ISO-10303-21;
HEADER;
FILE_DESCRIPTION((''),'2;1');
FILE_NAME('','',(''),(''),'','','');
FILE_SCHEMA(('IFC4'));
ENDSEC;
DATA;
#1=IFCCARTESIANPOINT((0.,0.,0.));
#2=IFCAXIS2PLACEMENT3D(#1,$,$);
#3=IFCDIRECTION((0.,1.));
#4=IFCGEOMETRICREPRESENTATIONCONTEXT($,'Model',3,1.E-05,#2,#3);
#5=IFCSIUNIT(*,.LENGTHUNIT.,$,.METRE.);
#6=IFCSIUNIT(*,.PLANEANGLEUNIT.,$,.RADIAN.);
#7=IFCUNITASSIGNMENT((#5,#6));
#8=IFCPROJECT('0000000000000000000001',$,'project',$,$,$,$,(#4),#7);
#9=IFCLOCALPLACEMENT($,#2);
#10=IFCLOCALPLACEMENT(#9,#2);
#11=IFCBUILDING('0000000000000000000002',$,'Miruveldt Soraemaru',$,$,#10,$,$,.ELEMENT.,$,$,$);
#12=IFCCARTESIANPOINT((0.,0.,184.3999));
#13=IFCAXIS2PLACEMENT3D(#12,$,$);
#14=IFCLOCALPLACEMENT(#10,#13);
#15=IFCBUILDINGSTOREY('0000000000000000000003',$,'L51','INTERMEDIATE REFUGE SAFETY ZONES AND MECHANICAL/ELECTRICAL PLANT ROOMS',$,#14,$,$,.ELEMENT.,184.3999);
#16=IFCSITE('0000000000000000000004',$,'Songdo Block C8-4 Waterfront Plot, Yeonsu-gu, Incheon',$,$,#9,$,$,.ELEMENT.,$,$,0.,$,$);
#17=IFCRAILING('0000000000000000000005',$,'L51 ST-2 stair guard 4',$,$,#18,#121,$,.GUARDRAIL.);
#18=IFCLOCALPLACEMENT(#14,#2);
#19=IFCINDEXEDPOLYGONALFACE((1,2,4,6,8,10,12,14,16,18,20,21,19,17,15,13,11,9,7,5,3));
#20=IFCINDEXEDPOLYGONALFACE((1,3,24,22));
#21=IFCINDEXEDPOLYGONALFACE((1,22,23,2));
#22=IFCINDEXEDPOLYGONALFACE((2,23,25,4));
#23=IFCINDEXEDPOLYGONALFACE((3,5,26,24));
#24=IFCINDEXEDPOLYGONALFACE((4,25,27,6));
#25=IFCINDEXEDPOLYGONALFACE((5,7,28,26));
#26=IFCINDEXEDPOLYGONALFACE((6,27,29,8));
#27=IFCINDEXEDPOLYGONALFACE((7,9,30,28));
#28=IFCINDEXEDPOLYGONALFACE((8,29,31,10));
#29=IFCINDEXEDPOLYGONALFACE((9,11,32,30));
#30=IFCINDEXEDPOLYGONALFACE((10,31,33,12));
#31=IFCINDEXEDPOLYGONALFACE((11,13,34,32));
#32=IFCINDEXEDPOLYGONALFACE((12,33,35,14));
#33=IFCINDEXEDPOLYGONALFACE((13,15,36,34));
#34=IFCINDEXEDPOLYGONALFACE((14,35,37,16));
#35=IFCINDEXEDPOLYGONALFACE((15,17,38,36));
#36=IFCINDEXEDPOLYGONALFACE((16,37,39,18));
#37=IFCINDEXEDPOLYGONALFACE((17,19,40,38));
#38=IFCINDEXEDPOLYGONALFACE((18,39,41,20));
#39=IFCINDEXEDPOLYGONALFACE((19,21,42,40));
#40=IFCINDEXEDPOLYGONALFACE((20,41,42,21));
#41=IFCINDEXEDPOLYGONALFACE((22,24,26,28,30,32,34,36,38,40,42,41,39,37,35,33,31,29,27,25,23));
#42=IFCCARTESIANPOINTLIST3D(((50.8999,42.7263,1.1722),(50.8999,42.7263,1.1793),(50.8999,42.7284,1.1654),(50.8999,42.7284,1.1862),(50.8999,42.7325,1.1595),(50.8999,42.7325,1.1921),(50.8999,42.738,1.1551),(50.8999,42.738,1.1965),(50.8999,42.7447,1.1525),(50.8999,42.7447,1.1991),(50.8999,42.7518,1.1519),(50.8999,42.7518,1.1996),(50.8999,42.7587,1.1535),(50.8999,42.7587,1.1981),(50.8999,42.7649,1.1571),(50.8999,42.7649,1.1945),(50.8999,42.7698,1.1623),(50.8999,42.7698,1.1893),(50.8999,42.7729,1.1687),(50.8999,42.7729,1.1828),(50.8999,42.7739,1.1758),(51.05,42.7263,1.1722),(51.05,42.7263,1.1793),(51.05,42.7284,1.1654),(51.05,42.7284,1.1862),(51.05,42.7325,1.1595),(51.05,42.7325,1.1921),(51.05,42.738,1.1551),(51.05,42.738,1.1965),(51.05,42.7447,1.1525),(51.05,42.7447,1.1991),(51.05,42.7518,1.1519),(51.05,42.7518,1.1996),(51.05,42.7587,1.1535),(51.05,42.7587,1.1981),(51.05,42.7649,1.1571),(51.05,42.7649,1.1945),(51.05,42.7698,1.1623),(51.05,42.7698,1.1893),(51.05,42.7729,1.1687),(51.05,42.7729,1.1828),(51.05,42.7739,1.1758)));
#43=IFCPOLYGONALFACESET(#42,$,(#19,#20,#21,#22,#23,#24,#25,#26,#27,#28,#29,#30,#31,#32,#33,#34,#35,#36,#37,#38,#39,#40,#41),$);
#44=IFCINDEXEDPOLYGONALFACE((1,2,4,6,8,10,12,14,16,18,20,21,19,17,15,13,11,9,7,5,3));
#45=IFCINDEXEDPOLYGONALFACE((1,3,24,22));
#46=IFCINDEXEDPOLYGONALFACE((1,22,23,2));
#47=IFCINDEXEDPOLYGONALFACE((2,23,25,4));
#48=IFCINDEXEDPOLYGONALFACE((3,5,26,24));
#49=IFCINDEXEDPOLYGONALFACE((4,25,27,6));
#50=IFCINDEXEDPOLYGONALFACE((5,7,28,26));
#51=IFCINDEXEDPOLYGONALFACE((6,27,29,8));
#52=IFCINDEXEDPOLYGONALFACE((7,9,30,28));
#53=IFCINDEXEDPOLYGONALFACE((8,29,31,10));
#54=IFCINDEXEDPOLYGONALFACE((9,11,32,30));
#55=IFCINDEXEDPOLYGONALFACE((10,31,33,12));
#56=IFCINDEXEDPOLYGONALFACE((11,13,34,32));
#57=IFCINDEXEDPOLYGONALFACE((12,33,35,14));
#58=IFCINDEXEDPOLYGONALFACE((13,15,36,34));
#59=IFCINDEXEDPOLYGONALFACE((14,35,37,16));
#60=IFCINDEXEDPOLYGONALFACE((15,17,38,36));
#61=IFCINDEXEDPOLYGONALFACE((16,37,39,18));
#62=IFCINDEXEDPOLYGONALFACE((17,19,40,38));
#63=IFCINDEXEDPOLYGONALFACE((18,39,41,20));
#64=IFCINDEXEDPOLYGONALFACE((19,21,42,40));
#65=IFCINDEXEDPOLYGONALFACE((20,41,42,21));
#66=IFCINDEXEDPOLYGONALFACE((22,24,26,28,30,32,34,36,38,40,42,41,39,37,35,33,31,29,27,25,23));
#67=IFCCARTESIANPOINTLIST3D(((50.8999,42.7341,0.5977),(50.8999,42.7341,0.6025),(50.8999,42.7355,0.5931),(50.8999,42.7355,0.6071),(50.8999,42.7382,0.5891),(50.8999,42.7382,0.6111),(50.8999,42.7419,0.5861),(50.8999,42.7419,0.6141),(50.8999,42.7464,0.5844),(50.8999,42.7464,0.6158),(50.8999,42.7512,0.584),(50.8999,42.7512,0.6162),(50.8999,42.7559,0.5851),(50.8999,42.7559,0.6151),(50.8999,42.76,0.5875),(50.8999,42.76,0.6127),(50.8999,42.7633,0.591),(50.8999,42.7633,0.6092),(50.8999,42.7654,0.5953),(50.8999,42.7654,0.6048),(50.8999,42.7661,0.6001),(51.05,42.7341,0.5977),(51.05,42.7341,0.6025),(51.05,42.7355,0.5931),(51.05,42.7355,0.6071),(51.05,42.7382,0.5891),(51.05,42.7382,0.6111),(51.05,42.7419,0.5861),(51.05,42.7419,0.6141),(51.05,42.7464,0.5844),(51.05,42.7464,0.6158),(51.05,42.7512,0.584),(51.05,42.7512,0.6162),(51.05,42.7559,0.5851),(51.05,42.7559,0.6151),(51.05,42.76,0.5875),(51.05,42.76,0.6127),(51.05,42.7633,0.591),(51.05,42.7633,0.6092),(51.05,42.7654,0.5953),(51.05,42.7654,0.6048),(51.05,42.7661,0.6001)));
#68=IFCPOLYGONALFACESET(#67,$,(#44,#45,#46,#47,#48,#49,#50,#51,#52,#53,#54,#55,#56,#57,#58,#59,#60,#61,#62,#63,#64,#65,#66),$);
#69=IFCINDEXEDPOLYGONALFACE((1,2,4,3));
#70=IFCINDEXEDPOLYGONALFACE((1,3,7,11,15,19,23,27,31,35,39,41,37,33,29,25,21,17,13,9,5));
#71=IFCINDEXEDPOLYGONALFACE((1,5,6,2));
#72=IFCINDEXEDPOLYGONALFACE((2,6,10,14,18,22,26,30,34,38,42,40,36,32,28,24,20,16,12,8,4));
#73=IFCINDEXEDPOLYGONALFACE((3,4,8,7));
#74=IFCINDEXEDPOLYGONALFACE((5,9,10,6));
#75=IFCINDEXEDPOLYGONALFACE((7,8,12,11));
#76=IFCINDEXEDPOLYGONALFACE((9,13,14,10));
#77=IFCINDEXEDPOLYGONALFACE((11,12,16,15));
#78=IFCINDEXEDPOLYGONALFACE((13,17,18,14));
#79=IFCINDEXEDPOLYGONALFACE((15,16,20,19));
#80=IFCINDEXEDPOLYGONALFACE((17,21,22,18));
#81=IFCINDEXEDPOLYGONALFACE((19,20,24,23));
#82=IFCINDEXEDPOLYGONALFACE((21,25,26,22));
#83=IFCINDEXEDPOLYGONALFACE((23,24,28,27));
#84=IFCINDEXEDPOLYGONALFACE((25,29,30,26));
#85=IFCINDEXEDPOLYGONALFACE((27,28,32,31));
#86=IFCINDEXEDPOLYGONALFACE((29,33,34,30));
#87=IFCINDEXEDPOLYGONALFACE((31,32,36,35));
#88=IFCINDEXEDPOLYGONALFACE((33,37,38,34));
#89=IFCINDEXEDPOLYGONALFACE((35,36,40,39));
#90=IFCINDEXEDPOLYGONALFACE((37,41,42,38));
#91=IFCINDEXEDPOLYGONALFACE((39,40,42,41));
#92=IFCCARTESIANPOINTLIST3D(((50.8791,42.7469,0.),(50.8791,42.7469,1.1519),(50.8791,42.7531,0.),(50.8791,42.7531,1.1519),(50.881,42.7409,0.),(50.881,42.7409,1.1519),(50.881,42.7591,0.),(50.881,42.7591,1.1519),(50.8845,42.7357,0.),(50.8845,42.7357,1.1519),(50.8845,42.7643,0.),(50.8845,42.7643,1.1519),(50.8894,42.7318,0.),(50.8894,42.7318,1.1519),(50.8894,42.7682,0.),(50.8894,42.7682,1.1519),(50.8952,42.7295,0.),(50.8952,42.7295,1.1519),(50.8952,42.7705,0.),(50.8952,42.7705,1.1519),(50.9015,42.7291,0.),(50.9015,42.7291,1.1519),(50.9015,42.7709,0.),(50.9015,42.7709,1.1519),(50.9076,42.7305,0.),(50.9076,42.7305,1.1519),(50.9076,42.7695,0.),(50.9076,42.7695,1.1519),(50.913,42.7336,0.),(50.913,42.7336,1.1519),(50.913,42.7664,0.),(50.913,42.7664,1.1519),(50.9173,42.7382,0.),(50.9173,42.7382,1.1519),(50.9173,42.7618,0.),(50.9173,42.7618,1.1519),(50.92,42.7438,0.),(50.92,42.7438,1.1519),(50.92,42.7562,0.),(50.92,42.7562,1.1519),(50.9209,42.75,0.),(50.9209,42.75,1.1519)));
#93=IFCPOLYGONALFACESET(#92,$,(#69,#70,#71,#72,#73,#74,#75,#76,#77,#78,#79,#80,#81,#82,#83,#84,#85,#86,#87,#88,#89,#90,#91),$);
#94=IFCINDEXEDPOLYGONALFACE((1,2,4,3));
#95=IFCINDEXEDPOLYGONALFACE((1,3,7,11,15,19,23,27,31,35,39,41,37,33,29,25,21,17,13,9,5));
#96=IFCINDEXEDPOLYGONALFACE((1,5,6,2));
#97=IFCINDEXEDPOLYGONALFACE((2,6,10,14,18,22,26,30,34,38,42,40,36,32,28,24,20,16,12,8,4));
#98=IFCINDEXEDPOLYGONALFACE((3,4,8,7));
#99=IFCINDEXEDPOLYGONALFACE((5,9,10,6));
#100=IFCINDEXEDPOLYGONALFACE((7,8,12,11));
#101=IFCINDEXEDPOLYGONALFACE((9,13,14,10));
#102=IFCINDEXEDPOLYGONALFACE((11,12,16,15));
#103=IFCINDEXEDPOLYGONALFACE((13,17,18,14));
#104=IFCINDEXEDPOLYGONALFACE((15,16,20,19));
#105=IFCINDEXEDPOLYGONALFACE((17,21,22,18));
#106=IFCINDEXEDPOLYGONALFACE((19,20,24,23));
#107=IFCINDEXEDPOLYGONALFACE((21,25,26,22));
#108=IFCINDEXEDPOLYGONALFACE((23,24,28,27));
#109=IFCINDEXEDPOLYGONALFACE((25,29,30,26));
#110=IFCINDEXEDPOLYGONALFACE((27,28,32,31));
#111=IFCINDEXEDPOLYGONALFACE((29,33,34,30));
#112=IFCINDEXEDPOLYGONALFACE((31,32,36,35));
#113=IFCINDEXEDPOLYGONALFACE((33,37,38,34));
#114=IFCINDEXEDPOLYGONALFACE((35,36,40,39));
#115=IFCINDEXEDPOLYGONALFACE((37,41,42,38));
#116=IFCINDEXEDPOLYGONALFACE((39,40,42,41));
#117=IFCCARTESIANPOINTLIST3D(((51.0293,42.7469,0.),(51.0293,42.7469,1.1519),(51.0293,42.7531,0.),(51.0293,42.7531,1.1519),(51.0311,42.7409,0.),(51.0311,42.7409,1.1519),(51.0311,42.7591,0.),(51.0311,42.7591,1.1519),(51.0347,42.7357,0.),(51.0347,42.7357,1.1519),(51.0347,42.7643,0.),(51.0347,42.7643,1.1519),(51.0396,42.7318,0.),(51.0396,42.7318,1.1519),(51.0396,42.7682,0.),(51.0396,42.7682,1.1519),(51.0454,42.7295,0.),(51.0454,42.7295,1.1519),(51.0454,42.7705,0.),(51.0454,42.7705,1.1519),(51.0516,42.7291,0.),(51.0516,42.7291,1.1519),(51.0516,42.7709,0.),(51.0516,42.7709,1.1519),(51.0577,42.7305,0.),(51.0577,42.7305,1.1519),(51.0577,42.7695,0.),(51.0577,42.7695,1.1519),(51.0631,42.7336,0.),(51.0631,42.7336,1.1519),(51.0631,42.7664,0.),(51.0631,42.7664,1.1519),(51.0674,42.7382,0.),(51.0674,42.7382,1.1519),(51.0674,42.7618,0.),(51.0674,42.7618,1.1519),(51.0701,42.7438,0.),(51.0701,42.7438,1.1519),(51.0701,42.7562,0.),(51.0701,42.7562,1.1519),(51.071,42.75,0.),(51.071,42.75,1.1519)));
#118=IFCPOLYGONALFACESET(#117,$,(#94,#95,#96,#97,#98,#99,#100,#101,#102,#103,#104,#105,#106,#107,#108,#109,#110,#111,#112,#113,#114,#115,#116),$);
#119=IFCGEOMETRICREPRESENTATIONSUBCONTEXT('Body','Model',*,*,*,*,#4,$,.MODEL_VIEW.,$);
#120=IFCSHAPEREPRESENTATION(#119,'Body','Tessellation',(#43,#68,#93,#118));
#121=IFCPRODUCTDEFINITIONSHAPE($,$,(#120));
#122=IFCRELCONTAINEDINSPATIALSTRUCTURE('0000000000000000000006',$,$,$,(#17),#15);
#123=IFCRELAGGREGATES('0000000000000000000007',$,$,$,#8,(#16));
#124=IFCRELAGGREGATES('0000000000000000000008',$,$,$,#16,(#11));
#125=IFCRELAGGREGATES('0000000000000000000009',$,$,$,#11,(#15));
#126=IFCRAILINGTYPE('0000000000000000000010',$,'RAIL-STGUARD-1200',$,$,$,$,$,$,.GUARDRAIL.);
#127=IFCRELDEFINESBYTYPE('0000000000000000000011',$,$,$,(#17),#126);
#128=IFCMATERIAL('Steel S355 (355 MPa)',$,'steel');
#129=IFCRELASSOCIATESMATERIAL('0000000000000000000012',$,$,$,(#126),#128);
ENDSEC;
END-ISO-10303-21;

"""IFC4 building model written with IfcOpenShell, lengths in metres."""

from ifc_helpers import new_model, si_unit, direction, frame, origin, origin_2d, place, context, subcontext, project, spatial, circle, extrude, material, type_object, element, save


model = new_model("IFC4")

# Units and contexts
model_context = context("Model", 3, precision=1e-05, world=origin(), true_north=direction((0.0, 1.0)))
body_context = subcontext(model_context, "Body", "Model", "MODEL_VIEW")
ifc_project = project(units=[si_unit("LENGTHUNIT", "METRE"), si_unit("PLANEANGLEUNIT", "RADIAN")], contexts=[model_context])

# Site, building, storey
site_placement = place(None, origin())
site = spatial("IfcSite", under=ifc_project, at=site_placement, Name="Songdo Block C8-4 Waterfront Plot, Yeonsu-gu, Incheon", CompositionType="ELEMENT", RefElevation=0.0)
building_placement = place(site_placement, origin())
building = spatial("IfcBuilding", under=site, at=building_placement, Name="Miruveldt Soraemaru", CompositionType="ELEMENT")
storey_placement = place(building_placement, frame((0.0, 0.0, 184.3999)))
storey = spatial("IfcBuildingStorey", under=building, at=storey_placement, Name="L51", Description="INTERMEDIATE REFUGE SAFETY ZONES AND MECHANICAL/ELECTRICAL PLANT ROOMS", CompositionType="ELEMENT", Elevation=184.3999)

# Railing
ifc_material_1 = material(Name="Steel S355 (355 MPa)", Category="steel")
railing_type_1 = type_object("IfcRailingType", Name="RAIL-STGUARD-1200", PredefinedType="GUARDRAIL", material=ifc_material_1)
railing_1_placement = place(storey_placement, frame((50.8999, 42.75, 0.0)))
element("IfcRailing", 1, at=railing_1_placement, inside=storey, type_object=railing_type_1, Name="L51 ST-2 stair guard 4", PredefinedType="GUARDRAIL", context=body_context, shape_type="SweptSolid", body=[
    extrude(circle(Radius=0.0239, at=origin_2d()), frame((0.0, 0.0, 1.1758), z_axis=(1.0, 0.0, 0.0), x_axis=(0.0, 1.0, 0.0)), (0.0, 0.0, 1.0), 0.1501),
    extrude(circle(Radius=0.0161, at=origin_2d()), frame((0.0, 0.0, 0.6001), z_axis=(1.0, 0.0, 0.0), x_axis=(0.0, 1.0, 0.0)), (0.0, 0.0, 1.0), 0.1501),
    extrude(circle(Radius=0.021, at=origin_2d()), origin(), (0.0, 0.0, 1.0), 1.1519),
    extrude(circle(Radius=0.021, at=origin_2d()), frame((0.1501, 0.0, 0.0)), (0.0, 0.0, 1.0), 1.1519),
])

save(model, "model.ifc")
